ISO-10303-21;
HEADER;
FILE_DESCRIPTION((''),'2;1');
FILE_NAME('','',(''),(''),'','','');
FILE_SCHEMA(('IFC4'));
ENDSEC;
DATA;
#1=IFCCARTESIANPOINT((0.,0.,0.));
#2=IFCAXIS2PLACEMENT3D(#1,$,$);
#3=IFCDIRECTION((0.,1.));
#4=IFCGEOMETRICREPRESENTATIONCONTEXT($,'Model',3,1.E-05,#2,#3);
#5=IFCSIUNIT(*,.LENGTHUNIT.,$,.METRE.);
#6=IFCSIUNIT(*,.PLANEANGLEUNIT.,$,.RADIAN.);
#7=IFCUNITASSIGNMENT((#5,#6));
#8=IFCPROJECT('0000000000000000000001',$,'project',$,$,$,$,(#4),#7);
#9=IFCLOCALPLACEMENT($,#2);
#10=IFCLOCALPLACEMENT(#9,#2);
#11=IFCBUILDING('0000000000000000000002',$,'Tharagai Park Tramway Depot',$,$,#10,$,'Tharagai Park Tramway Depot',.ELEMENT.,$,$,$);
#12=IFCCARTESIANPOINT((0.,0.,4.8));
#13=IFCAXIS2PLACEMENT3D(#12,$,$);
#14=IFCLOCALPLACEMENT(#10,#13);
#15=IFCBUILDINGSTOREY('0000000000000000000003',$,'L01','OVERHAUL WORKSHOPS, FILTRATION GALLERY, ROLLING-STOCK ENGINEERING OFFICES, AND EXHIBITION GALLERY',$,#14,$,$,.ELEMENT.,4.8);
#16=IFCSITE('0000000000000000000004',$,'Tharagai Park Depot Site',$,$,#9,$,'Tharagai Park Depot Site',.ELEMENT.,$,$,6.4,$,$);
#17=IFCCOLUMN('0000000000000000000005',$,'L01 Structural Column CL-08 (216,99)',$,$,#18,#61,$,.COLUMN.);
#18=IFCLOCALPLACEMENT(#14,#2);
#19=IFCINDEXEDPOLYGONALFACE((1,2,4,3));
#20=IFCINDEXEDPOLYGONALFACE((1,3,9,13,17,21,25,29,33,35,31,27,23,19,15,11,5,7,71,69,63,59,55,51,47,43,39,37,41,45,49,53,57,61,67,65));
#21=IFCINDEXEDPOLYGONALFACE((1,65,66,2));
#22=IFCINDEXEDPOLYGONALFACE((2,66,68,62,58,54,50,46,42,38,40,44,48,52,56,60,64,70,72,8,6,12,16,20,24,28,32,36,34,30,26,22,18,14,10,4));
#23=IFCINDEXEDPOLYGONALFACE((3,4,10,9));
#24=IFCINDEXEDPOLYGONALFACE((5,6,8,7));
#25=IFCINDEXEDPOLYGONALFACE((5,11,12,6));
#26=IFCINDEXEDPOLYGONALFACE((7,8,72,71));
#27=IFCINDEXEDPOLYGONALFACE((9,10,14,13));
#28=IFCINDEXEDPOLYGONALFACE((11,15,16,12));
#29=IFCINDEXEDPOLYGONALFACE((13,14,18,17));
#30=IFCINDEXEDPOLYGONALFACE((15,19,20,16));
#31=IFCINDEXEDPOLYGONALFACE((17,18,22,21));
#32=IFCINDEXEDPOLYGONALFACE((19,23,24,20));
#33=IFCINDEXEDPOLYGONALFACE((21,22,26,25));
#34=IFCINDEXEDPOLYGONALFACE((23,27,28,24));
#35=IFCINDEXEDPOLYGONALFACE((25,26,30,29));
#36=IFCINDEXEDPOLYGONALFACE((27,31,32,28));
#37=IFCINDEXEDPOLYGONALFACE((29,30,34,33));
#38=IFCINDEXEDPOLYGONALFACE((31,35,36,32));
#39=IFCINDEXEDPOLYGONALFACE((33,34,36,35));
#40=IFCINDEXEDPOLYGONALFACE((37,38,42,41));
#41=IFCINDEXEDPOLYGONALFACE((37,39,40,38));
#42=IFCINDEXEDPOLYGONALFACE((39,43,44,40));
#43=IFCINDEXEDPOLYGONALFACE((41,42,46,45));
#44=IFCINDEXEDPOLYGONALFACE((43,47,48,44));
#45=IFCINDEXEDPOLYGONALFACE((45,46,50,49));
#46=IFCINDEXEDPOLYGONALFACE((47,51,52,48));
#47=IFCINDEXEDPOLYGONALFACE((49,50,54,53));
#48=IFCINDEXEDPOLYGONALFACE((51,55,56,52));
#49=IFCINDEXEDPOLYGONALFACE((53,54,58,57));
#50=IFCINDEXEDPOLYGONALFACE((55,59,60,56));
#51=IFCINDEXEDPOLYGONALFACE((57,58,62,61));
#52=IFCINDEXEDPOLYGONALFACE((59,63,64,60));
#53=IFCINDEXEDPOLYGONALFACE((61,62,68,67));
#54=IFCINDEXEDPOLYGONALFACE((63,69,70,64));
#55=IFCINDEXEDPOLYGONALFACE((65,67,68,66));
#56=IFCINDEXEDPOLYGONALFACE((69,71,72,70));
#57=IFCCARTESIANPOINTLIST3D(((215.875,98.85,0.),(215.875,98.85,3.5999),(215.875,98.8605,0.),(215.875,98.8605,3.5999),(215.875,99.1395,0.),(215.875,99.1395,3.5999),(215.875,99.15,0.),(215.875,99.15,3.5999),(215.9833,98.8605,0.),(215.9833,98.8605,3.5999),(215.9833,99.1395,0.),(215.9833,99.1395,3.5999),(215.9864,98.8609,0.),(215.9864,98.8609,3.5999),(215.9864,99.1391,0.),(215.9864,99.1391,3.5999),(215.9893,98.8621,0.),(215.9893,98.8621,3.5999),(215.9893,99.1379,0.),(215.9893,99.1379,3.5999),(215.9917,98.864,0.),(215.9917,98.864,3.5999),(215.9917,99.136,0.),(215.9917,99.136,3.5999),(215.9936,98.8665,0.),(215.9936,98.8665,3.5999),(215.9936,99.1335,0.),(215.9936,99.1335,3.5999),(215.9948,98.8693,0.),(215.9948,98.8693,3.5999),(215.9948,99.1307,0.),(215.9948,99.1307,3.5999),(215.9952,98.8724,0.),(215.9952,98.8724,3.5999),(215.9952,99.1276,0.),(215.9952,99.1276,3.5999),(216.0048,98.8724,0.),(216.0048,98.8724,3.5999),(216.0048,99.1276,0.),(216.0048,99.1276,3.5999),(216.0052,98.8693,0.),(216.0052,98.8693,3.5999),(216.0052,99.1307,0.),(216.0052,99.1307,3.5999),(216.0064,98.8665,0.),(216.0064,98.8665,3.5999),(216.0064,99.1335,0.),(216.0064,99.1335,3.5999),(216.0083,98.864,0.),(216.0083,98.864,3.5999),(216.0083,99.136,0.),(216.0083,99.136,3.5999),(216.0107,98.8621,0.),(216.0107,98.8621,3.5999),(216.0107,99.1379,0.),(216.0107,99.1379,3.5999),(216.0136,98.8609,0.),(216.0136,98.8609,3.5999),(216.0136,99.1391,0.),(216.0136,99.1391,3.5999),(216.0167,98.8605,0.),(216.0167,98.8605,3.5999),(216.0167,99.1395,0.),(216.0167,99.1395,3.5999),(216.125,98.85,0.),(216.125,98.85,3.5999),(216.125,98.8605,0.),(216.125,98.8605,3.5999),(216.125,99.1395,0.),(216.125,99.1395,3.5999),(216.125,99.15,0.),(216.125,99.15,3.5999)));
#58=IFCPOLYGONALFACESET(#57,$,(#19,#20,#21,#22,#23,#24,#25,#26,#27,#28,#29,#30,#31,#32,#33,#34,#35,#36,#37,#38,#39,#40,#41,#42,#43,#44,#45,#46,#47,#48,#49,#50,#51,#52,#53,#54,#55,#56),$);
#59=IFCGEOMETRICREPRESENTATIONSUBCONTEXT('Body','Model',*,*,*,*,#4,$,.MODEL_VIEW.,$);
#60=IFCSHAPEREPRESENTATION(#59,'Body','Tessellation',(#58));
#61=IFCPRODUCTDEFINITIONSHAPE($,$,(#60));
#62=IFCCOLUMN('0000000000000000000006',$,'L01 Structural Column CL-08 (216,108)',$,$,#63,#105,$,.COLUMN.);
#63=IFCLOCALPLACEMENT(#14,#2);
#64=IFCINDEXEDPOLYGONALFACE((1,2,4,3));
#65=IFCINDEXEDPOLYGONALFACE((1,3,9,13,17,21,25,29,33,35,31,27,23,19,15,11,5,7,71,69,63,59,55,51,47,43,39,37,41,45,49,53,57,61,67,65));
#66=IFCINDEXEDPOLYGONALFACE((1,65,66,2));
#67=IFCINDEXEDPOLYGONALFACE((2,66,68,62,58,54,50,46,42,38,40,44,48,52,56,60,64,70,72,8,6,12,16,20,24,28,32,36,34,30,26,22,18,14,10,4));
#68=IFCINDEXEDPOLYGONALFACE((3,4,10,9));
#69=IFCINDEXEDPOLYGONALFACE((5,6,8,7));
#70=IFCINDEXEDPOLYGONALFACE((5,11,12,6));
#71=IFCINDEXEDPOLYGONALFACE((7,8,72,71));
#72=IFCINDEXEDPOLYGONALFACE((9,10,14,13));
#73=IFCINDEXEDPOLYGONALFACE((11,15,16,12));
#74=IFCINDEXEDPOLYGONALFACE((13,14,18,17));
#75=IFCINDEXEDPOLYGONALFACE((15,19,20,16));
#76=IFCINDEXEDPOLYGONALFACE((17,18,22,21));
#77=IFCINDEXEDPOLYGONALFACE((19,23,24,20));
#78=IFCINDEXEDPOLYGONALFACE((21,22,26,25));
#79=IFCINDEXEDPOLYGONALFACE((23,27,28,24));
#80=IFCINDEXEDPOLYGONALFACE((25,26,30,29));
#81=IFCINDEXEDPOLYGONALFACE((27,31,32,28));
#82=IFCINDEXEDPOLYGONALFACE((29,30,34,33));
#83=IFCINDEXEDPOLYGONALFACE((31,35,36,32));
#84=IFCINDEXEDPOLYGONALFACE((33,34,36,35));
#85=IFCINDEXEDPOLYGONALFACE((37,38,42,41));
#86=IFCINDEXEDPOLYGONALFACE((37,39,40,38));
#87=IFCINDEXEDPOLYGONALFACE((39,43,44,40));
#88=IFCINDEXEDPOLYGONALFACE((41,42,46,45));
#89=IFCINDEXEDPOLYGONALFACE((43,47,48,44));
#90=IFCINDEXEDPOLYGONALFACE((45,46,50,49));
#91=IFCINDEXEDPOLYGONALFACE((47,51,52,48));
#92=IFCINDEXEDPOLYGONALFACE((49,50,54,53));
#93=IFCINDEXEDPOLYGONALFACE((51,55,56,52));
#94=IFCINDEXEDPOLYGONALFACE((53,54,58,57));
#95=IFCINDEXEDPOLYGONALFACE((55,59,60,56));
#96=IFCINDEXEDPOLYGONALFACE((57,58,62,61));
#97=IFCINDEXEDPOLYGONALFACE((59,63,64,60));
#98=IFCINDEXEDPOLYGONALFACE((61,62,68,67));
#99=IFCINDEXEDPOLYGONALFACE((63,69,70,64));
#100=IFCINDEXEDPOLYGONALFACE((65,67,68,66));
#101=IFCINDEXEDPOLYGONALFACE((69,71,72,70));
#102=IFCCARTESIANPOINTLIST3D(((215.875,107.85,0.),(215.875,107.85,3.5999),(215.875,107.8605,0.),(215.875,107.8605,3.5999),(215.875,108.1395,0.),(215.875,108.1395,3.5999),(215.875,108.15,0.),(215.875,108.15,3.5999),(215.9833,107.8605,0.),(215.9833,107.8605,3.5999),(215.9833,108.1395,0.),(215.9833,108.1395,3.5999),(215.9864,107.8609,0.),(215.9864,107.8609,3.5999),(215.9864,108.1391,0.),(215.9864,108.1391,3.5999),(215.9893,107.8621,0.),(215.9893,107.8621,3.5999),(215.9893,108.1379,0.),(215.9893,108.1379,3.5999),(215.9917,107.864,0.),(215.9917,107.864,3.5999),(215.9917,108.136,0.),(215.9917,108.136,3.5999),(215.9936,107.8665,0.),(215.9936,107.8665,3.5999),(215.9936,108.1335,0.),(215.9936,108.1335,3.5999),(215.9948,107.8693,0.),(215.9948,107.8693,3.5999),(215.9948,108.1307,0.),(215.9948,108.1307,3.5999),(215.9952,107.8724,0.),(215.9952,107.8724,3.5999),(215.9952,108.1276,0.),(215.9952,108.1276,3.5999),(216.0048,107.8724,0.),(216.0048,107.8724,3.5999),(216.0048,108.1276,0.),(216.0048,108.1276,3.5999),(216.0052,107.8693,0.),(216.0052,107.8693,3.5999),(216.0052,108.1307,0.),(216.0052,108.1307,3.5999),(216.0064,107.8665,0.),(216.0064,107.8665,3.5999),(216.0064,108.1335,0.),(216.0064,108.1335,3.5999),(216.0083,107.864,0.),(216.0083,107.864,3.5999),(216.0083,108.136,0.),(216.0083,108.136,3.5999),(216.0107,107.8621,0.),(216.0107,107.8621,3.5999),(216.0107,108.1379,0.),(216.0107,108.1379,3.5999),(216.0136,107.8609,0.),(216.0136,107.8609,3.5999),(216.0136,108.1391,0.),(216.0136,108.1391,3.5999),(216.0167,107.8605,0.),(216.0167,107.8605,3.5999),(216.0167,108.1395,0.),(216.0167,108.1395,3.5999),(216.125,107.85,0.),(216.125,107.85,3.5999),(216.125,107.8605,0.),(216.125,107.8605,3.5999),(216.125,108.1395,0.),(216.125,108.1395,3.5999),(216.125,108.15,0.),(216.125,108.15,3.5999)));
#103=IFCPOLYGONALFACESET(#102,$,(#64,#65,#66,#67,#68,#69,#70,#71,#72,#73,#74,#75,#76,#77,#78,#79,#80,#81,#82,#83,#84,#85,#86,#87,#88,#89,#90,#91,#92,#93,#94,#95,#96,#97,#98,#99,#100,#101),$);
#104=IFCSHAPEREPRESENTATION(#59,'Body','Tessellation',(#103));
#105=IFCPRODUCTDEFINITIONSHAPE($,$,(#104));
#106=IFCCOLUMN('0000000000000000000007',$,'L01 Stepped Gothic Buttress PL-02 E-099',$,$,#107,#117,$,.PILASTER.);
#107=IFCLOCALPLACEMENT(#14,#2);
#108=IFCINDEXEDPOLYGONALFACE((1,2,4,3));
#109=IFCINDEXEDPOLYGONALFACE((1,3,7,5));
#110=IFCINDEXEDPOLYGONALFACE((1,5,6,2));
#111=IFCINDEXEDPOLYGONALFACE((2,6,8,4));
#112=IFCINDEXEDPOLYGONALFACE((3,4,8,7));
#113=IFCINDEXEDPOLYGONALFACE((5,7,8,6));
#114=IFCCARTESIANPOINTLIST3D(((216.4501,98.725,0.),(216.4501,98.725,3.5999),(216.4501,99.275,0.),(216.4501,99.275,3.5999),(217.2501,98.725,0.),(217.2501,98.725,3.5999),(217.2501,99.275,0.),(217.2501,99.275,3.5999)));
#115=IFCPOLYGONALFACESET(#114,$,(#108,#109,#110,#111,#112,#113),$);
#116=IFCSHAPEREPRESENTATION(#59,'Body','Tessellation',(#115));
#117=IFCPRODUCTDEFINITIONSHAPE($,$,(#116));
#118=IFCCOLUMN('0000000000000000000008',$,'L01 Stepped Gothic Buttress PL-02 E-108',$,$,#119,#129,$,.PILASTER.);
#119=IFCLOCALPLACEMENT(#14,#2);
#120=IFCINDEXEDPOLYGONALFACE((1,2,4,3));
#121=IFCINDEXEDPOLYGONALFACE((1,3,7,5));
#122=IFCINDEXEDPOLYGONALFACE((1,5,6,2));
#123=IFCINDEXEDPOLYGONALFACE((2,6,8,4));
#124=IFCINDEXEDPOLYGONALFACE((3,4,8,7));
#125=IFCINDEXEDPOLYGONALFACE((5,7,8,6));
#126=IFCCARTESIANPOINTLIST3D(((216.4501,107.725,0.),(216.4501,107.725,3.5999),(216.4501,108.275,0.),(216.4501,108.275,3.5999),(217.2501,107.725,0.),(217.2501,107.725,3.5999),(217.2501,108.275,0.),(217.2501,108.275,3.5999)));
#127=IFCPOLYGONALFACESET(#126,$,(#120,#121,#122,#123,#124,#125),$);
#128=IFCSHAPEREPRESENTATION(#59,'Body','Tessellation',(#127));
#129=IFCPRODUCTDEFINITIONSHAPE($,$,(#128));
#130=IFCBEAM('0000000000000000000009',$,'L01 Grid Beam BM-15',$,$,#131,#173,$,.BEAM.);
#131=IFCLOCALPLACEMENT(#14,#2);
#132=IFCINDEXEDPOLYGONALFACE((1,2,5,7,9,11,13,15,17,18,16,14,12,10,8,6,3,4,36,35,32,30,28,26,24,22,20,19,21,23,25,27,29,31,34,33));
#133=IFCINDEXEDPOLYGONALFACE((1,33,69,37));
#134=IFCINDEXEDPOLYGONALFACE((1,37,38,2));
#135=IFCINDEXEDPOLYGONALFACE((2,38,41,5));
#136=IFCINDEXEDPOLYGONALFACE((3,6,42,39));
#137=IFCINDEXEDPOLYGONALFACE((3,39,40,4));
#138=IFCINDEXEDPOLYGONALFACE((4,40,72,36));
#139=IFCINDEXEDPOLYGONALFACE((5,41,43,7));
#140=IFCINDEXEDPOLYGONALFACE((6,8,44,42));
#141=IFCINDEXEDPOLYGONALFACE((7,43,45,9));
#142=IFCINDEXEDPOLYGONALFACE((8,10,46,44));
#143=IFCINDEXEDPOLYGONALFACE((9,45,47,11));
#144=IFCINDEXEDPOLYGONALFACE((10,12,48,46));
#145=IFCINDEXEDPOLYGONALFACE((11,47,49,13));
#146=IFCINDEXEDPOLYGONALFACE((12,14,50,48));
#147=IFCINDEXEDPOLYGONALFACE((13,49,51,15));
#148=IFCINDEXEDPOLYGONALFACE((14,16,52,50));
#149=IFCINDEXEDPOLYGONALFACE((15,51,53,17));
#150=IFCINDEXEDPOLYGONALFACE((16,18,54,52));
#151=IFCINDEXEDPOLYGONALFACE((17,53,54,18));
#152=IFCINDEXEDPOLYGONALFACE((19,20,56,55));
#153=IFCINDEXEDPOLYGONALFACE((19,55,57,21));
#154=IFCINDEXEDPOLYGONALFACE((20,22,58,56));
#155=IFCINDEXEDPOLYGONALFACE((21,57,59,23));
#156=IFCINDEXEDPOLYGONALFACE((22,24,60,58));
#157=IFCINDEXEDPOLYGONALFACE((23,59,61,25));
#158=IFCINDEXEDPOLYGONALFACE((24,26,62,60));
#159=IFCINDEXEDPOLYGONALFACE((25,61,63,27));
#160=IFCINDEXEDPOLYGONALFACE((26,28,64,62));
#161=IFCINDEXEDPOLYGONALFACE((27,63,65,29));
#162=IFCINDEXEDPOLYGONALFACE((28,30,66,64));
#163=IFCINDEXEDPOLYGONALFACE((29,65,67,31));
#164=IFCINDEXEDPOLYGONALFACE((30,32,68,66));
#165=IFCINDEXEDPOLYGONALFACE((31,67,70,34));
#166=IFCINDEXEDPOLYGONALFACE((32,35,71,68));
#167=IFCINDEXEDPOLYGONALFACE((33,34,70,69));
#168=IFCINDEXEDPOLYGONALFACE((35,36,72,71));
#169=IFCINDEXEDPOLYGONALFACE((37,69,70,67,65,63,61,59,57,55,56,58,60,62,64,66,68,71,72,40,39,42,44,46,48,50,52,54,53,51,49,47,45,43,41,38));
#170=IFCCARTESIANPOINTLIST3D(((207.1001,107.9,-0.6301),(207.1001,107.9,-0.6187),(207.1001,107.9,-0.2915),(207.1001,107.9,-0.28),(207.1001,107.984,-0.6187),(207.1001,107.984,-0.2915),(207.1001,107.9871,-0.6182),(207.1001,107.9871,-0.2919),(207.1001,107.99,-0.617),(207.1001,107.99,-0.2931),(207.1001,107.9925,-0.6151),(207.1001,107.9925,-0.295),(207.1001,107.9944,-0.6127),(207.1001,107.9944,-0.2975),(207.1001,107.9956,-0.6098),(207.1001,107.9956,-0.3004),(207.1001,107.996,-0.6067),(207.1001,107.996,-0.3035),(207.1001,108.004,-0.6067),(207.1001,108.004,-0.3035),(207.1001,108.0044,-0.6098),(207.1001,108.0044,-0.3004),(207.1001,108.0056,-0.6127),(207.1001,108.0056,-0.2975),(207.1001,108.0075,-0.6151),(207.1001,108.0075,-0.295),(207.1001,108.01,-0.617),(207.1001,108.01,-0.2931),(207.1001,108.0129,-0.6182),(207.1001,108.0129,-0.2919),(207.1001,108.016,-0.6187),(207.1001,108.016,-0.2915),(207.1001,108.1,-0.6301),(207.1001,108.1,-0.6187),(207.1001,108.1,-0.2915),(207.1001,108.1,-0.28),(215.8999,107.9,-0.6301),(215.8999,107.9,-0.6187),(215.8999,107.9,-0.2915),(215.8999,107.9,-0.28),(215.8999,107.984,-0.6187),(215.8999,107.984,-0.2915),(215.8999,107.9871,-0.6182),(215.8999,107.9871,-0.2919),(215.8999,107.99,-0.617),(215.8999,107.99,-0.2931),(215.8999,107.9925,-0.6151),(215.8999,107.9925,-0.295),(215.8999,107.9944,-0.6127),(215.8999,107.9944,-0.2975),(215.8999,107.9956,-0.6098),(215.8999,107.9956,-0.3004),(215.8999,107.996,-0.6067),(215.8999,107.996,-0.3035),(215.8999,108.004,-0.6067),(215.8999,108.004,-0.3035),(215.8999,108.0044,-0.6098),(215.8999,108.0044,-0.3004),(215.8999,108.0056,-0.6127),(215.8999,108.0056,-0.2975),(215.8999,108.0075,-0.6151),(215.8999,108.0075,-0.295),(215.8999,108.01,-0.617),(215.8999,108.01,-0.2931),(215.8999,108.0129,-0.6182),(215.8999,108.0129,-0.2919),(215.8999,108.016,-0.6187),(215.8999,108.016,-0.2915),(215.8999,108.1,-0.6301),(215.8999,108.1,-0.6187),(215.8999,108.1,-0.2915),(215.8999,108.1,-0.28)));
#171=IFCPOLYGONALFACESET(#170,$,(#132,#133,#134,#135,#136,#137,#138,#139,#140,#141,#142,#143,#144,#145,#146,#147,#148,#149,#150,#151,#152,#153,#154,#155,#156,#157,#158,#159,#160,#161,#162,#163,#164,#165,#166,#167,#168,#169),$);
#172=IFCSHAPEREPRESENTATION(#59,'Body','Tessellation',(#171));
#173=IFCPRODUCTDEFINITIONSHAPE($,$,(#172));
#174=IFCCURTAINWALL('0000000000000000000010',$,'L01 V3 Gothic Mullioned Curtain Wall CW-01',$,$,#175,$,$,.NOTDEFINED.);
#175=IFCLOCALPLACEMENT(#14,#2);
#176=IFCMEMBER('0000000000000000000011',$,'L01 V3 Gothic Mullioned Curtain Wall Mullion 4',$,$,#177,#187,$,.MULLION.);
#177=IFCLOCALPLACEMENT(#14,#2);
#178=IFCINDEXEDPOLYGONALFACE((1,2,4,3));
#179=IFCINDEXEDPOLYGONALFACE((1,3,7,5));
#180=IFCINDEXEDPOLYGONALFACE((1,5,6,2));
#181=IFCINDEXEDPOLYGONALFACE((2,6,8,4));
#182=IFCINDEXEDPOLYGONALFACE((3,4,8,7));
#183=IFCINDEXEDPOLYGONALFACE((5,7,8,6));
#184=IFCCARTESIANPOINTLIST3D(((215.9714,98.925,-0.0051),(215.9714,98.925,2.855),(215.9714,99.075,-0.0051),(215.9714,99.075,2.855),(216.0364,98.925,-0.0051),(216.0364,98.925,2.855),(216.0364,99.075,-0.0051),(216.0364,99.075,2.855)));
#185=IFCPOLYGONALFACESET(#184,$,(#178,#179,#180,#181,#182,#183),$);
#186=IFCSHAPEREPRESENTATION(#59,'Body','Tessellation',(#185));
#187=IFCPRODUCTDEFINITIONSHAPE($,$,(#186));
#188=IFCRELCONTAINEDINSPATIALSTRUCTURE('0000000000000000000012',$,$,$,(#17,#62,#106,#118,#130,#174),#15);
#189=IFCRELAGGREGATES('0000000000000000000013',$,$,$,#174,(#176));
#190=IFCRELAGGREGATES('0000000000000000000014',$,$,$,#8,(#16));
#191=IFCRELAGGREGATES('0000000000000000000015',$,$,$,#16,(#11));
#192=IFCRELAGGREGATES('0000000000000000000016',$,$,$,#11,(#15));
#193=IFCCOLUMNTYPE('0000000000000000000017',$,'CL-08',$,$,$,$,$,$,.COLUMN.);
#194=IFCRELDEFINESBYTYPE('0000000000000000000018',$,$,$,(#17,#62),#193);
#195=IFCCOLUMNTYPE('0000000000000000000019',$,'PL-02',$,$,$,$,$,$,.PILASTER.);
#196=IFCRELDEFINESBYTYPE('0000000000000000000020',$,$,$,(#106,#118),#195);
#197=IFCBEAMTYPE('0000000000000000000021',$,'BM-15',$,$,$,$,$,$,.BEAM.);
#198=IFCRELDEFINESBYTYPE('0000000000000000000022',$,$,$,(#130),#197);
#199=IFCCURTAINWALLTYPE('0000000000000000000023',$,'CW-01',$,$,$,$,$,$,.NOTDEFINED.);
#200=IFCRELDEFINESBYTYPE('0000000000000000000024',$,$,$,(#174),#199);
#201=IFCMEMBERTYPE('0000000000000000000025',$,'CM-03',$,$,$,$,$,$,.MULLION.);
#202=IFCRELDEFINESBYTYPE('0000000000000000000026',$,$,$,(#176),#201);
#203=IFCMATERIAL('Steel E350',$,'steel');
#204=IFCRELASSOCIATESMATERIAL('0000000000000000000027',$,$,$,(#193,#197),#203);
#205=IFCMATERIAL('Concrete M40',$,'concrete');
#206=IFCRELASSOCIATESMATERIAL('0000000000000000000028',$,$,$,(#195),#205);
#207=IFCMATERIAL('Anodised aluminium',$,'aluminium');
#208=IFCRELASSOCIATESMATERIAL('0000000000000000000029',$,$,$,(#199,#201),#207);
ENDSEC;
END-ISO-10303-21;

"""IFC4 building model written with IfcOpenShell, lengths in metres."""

from ifc_helpers import new_model, si_unit, direction, frame, origin, origin_2d, place, context, subcontext, project, spatial, rectangle, i_section, extrude, material, material_profile, profile_set, type_object, element, aggregate, save


model = new_model("IFC4")

# Units and contexts
model_context = context("Model", 3, precision=1e-05, world=origin(), true_north=direction((0.0, 1.0)))
body_context = subcontext(model_context, "Body", "Model", "MODEL_VIEW")
ifc_project = project(units=[si_unit("LENGTHUNIT", "METRE"), si_unit("PLANEANGLEUNIT", "RADIAN")], contexts=[model_context])

# Site, building, storey
site_placement = place(None, origin())
site = spatial("IfcSite", under=ifc_project, at=site_placement, Name="Tharagai Park Depot Site", LongName="Tharagai Park Depot Site", CompositionType="ELEMENT", RefElevation=6.4)
building_placement = place(site_placement, origin())
building = spatial("IfcBuilding", under=site, at=building_placement, Name="Tharagai Park Tramway Depot", LongName="Tharagai Park Tramway Depot", CompositionType="ELEMENT")
storey_placement = place(building_placement, frame((0.0, 0.0, 4.8)))
storey = spatial("IfcBuildingStorey", under=building, at=storey_placement, Name="L01", Description="OVERHAUL WORKSHOPS, FILTRATION GALLERY, ROLLING-STOCK ENGINEERING OFFICES, AND EXHIBITION GALLERY", CompositionType="ELEMENT", Elevation=4.8)

# Columns
ifc_material_1 = material(Name="Steel E350", Category="steel")
ifc_material_profile_1 = material_profile(ifc_material_1, i_section(OverallWidth=0.25, OverallDepth=0.3, WebThickness=0.0095, FlangeThickness=0.0105, FilletRadius=0.012, at=origin_2d()), Name="ISHB 300")
ifc_profile_set_1 = profile_set([ifc_material_profile_1], Name="Steel E350")
column_type_1 = type_object("IfcColumnType", Name="CL-08", PredefinedType="COLUMN", material=ifc_profile_set_1)
for number, where, z_axis, x_axis, name in (
    (1, (216.0, 99.0, 0.0), (0.0, 0.0, 1.0), (1.0, 0.0, 0.0), "L01 Structural Column CL-08 (216,99)"),
    (2, (216.0, 108.0, 0.0), (0.0, 0.0, 1.0), (1.0, 0.0, 0.0), "L01 Structural Column CL-08 (216,108)"),
):
    element("IfcColumn", number, at=place(storey_placement, frame(where, z_axis=z_axis, x_axis=x_axis)), inside=storey, type_object=column_type_1, Name=name, PredefinedType="COLUMN", context=body_context, shape_type="SweptSolid", body=[
        extrude(i_section(OverallWidth=0.25, OverallDepth=0.3, WebThickness=0.0095, FlangeThickness=0.0105, FilletRadius=0.012, at=origin_2d()), origin(), (0.0, 0.0, 1.0), 3.5999),
    ])
ifc_material_2 = material(Name="Concrete M40", Category="concrete")
ifc_material_profile_2 = material_profile(ifc_material_2, rectangle(XDim=0.55, YDim=0.8, at=origin_2d()), Name="RC 550x800")
ifc_profile_set_2 = profile_set([ifc_material_profile_2], Name="Concrete M40")
column_type_2 = type_object("IfcColumnType", Name="PL-02", PredefinedType="PILASTER", material=ifc_profile_set_2)
for number, where, z_axis, x_axis, name in (
    (3, (216.8501, 99.0, 0.0), (0.0, 0.0, 1.0), (0.0, 1.0, 0.0), "L01 Stepped Gothic Buttress PL-02 E-099"),
    (4, (216.8501, 108.0, 0.0), (0.0, 0.0, 1.0), (0.0, 1.0, 0.0), "L01 Stepped Gothic Buttress PL-02 E-108"),
):
    element("IfcColumn", number, at=place(storey_placement, frame(where, z_axis=z_axis, x_axis=x_axis)), inside=storey, type_object=column_type_2, Name=name, PredefinedType="PILASTER", context=body_context, shape_type="SweptSolid", body=[
        extrude(rectangle(XDim=0.55, YDim=0.8, at=origin_2d()), origin(), (0.0, 0.0, 1.0), 3.5999),
    ])

# Beam
ifc_material_profile_3 = material_profile(ifc_material_1, i_section(OverallWidth=0.2, OverallDepth=0.3501, WebThickness=0.0081, FlangeThickness=0.0115, FilletRadius=0.012, at=origin_2d()), Name="ISWB 350")
ifc_profile_set_3 = profile_set([ifc_material_profile_3], Name="Steel E350")
beam_type_1 = type_object("IfcBeamType", Name="BM-15", PredefinedType="BEAM", material=ifc_profile_set_3)
beam_1_placement = place(storey_placement, frame((207.1001, 108.0, -0.4551), z_axis=(1.0, 0.0, 0.0), x_axis=(0.0, 1.0, 0.0)))
element("IfcBeam", 5, at=beam_1_placement, inside=storey, type_object=beam_type_1, Name="L01 Grid Beam BM-15", PredefinedType="BEAM", context=body_context, shape_type="SweptSolid", body=[
    extrude(i_section(OverallWidth=0.2, OverallDepth=0.3501, WebThickness=0.0081, FlangeThickness=0.0115, FilletRadius=0.012, at=origin_2d()), origin(), (0.0, 0.0, 1.0), 8.7998),
])

# Curtain wall, member
ifc_material_3 = material(Name="Anodised aluminium", Category="aluminium")
curtain_wall_type = type_object("IfcCurtainWallType", Name="CW-01", PredefinedType="NOTDEFINED", material=ifc_material_3)
curtain_wall_placement = place(storey_placement, origin())
curtain_wall = element("IfcCurtainWall", 6, at=curtain_wall_placement, inside=storey, type_object=curtain_wall_type, Name="L01 V3 Gothic Mullioned Curtain Wall CW-01", PredefinedType="NOTDEFINED")
ifc_material_profile_4 = material_profile(ifc_material_3, rectangle(XDim=0.0649, YDim=0.1499, at=origin_2d()), Name="ALU 65x150")
ifc_profile_set_4 = profile_set([ifc_material_profile_4], Name="Anodised aluminium")
member_type = type_object("IfcMemberType", Name="CM-03", PredefinedType="MULLION", material=ifc_profile_set_4)
member_placement = place(storey_placement, frame((216.0039, 99.0, -0.0051), z_axis=(0.0, 0.0, 1.0), x_axis=(1.0, 0.0, 0.0)))
member = element("IfcMember", 7, at=member_placement, type_object=member_type, Name="L01 V3 Gothic Mullioned Curtain Wall Mullion 4", PredefinedType="MULLION", context=body_context, shape_type="SweptSolid", body=[
    extrude(rectangle(XDim=0.0649, YDim=0.1499, at=origin_2d()), origin(), (0.0, 0.0, 1.0), 2.8601),
])

aggregate(curtain_wall, [member])

save(model, "model.ifc")
